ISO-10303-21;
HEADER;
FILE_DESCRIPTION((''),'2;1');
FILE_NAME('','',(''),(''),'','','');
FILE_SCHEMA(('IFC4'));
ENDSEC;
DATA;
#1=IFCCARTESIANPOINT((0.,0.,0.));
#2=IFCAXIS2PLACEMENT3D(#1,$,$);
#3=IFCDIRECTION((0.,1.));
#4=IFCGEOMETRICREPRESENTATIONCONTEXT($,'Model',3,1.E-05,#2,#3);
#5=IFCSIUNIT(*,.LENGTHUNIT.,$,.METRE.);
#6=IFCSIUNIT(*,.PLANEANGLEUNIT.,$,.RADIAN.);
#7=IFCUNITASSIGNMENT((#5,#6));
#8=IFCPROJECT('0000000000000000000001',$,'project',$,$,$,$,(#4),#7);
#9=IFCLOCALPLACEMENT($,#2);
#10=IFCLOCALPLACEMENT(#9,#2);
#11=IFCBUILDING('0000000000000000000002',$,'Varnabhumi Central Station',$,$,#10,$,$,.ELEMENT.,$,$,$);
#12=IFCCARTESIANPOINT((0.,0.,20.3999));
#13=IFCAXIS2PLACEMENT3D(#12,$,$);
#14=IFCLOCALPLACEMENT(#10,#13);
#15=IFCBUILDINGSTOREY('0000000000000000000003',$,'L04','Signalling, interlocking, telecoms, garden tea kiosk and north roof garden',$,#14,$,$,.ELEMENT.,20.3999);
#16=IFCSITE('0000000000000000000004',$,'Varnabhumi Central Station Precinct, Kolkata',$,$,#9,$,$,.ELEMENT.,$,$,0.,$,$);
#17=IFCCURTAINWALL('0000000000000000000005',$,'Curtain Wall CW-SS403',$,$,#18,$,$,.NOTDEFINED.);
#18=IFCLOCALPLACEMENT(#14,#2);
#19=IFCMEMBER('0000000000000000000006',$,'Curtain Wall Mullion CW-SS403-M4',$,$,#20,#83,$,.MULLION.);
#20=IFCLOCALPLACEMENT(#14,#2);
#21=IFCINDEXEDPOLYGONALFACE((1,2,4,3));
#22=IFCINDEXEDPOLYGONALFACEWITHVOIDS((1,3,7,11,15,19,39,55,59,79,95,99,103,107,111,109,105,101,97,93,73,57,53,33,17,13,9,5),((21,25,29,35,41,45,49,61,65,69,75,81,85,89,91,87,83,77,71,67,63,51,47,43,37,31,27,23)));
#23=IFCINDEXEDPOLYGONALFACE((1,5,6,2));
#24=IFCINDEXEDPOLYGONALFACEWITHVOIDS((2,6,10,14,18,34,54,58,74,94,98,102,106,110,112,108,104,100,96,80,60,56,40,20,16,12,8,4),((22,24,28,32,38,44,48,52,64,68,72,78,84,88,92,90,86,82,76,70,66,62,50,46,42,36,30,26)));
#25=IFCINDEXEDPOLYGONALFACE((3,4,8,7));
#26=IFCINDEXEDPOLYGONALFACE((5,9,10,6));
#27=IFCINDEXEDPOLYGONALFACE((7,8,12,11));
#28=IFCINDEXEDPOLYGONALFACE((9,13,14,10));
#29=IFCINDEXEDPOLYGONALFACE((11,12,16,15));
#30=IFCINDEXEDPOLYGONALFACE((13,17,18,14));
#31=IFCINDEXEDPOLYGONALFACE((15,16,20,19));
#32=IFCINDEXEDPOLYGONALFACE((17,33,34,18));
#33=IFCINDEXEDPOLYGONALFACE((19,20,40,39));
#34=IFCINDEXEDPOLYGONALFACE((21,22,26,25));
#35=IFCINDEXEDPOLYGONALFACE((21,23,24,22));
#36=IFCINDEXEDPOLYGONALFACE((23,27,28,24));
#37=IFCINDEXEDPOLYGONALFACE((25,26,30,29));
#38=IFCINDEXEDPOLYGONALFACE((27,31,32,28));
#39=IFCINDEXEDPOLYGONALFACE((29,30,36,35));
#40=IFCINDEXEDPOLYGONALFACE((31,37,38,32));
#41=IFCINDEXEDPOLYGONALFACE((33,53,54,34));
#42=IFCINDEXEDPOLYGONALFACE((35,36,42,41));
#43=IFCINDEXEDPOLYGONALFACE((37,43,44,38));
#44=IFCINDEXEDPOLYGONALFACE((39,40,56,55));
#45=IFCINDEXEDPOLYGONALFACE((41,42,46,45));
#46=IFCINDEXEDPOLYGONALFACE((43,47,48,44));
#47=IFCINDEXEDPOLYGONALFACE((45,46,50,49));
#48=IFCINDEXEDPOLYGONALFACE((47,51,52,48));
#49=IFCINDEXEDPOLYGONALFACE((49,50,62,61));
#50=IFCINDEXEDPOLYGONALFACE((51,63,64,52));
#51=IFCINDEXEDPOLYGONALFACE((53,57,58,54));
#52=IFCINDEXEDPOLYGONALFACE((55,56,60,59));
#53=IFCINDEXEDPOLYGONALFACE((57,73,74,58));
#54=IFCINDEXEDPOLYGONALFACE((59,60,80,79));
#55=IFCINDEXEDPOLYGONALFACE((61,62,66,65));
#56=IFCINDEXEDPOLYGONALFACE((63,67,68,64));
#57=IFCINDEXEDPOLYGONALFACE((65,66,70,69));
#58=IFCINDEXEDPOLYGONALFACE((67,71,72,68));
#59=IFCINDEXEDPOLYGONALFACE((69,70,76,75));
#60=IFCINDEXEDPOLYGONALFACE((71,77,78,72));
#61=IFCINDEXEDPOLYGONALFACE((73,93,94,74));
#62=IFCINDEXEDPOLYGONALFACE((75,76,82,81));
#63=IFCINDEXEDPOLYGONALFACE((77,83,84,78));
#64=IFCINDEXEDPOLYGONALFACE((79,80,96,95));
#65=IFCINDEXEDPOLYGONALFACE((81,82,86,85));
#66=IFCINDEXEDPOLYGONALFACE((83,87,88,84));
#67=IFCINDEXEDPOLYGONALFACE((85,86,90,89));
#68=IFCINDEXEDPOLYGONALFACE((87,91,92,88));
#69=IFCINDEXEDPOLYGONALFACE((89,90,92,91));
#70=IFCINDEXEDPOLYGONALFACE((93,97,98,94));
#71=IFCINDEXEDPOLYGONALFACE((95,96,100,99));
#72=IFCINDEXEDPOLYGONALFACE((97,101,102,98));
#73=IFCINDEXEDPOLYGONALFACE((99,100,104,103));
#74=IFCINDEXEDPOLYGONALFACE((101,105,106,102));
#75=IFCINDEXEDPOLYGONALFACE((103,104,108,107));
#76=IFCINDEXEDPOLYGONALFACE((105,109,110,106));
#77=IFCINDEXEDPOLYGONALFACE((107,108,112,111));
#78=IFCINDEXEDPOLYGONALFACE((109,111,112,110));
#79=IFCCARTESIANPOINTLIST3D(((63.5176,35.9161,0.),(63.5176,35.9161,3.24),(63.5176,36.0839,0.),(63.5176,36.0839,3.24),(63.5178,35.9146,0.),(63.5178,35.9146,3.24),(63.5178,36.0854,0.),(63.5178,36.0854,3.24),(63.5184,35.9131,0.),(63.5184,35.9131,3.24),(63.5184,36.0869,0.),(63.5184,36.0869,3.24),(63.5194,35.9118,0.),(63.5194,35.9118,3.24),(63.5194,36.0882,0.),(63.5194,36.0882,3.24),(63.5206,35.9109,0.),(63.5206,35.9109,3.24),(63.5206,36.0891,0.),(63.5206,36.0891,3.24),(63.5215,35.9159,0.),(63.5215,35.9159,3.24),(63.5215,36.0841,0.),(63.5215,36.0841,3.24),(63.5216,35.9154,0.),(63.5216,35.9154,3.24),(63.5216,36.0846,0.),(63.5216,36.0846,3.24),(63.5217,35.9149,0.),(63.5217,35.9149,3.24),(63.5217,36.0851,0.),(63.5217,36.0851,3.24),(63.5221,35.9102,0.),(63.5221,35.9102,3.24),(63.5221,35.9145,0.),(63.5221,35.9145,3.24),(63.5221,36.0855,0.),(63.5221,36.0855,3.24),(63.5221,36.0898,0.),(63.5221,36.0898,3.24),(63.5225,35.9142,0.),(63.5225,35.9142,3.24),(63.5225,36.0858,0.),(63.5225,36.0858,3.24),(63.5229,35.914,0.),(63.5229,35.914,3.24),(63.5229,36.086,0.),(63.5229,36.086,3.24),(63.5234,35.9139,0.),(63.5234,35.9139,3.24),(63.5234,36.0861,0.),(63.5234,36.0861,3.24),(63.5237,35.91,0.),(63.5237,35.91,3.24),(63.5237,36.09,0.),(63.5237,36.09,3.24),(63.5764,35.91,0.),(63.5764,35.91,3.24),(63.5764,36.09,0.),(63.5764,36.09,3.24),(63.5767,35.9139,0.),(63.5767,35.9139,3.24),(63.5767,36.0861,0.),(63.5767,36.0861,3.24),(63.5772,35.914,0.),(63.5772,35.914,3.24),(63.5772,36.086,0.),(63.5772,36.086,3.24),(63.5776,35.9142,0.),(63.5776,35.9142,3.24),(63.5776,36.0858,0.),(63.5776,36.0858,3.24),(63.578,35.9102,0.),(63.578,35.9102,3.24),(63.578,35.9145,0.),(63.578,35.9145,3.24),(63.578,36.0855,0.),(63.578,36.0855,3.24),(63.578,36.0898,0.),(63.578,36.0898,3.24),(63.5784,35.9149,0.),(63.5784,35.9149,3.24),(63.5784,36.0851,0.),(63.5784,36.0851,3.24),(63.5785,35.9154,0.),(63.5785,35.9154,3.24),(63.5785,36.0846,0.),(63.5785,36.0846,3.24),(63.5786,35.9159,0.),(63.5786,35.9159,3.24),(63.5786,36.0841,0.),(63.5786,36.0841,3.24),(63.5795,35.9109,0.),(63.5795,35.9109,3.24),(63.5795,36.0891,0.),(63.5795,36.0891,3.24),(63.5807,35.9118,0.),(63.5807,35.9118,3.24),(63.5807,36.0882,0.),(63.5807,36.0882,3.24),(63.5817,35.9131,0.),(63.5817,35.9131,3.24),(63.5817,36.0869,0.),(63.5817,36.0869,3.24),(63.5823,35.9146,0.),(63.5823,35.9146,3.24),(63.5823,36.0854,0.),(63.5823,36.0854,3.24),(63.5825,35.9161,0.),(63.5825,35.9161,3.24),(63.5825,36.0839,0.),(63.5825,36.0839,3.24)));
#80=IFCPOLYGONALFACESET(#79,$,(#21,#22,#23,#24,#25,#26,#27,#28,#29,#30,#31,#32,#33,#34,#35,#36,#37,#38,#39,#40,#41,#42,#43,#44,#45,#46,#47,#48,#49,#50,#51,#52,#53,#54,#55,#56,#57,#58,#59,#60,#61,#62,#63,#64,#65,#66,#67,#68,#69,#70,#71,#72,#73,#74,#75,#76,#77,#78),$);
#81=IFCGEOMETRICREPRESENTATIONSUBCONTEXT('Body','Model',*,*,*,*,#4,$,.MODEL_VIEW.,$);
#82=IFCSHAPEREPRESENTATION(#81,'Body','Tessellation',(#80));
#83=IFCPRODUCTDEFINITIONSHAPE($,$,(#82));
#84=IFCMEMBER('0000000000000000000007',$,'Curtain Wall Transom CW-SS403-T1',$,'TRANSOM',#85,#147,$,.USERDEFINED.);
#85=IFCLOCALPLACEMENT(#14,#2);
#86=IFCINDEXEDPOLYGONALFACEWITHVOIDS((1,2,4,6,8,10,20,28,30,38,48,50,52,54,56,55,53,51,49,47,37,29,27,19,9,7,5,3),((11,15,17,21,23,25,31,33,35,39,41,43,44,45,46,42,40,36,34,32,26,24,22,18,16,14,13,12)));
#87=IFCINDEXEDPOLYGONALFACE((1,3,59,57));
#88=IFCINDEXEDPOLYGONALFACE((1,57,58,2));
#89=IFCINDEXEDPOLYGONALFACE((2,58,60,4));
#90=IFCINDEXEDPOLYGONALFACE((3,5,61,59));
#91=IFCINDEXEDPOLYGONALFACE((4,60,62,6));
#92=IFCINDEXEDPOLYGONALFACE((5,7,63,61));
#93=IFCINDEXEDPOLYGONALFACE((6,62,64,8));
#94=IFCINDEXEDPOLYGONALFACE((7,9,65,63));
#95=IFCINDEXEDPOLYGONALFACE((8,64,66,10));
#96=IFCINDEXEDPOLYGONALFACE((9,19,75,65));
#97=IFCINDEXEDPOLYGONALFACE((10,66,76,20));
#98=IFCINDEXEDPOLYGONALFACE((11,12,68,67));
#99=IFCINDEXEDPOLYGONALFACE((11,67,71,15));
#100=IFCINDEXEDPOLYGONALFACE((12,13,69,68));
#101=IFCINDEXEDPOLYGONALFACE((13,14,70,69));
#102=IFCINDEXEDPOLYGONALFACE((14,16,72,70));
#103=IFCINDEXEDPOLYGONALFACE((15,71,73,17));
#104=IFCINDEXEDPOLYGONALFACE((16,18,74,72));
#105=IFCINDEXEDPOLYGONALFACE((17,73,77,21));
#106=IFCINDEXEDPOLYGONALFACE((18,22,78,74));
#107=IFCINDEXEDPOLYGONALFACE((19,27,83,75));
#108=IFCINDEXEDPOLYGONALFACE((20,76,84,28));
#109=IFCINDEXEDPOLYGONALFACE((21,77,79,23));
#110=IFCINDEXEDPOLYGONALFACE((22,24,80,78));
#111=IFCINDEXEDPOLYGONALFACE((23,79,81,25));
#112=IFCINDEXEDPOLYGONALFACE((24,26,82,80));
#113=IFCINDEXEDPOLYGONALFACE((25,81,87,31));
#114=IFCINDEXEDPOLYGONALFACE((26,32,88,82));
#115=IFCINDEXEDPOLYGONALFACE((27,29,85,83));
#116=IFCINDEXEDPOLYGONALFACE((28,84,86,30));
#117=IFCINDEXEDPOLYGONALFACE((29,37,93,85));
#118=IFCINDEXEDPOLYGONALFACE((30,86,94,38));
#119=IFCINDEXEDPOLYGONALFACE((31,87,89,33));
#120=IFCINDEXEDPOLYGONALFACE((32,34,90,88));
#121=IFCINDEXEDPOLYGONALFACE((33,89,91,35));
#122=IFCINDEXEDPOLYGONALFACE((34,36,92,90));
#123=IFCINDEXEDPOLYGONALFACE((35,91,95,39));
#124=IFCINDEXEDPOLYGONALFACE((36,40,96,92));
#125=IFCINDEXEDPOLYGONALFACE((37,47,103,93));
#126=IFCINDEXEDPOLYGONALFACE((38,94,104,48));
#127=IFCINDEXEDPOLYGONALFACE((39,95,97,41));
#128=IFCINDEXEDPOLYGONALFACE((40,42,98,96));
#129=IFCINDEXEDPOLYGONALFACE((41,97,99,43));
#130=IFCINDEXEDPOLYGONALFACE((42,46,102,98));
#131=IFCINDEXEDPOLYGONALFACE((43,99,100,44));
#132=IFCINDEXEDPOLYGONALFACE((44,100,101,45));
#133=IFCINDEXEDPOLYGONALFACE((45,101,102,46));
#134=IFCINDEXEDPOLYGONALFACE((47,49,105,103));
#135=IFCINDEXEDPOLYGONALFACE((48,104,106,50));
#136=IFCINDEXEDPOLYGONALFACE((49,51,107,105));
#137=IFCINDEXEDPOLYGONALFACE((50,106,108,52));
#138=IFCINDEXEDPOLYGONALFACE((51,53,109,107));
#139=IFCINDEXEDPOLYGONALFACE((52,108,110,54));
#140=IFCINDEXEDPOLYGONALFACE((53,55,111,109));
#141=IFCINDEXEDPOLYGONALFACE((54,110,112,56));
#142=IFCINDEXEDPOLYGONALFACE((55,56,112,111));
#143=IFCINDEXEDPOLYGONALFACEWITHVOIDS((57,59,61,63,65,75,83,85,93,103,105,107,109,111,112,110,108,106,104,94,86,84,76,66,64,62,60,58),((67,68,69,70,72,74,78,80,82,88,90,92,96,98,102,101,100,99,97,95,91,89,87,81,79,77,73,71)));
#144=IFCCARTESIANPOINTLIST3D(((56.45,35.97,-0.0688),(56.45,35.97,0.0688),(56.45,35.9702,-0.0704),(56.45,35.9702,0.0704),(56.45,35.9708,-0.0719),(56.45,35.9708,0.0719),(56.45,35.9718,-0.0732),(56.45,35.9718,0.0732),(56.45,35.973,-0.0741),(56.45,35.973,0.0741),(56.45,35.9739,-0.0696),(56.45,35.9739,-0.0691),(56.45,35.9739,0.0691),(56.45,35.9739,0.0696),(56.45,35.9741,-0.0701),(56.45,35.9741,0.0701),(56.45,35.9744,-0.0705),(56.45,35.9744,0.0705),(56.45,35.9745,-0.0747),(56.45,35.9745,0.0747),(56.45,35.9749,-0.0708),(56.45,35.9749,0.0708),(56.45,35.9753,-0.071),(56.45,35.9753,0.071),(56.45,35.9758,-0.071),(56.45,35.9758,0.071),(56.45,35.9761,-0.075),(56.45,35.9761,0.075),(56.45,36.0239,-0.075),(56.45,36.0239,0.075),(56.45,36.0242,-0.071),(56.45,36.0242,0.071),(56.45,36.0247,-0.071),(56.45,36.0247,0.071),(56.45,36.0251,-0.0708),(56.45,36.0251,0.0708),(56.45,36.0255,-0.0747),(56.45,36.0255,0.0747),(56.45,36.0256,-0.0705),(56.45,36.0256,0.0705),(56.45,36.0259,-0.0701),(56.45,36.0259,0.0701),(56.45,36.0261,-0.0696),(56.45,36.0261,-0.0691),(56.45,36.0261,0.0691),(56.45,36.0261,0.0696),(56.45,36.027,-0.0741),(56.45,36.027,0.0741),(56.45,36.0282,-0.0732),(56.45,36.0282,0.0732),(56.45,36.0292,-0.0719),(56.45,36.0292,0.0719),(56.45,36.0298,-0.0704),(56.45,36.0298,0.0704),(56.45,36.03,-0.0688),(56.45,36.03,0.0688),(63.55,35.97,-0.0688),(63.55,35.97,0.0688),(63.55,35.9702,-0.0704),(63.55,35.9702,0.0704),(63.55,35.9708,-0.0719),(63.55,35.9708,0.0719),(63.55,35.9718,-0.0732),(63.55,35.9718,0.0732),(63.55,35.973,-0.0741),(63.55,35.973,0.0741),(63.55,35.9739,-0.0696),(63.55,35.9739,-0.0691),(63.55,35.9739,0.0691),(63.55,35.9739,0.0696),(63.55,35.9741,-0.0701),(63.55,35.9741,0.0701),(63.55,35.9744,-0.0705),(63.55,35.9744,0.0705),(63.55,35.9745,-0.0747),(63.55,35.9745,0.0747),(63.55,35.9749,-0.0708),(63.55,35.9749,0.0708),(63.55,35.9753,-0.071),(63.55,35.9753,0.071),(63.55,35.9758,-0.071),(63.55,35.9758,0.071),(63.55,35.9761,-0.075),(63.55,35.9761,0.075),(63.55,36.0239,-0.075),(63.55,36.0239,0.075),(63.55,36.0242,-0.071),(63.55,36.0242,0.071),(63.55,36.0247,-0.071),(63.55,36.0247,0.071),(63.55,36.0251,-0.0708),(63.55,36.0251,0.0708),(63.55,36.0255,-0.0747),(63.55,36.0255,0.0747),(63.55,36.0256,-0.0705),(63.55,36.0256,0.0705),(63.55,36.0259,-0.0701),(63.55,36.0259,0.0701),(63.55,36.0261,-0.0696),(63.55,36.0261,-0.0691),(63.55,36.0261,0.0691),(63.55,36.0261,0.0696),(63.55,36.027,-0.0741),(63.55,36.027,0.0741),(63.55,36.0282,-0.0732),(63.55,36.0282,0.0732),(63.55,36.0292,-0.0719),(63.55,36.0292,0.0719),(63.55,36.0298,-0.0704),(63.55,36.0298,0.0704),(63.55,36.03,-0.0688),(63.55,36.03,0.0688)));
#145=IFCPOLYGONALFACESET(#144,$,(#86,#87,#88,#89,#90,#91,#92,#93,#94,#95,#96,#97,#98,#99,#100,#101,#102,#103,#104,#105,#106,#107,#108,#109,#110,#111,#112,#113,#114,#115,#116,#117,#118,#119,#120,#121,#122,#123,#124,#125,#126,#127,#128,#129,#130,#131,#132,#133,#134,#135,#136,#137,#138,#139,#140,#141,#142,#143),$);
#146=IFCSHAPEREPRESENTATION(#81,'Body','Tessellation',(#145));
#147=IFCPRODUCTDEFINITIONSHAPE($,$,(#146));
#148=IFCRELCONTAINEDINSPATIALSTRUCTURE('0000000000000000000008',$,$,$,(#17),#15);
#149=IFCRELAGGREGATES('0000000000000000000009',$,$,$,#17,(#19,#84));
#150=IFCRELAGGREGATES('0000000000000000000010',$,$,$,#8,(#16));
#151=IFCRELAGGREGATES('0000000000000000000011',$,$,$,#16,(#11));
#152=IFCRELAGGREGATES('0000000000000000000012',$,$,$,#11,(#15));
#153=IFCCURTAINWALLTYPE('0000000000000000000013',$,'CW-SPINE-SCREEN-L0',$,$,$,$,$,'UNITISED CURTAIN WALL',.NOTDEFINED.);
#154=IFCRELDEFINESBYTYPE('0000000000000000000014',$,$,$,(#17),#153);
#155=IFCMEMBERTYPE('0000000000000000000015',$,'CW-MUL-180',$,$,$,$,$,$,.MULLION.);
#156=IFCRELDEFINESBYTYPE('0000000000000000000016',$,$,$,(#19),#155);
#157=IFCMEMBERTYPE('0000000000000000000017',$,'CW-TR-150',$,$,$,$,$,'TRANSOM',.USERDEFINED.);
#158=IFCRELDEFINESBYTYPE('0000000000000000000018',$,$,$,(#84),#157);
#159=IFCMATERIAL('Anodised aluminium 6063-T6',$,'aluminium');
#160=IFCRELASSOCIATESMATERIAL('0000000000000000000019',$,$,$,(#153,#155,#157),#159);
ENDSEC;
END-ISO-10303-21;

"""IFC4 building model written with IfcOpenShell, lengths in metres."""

from ifc_helpers import new_model, si_unit, direction, frame, origin, origin_2d, place, context, subcontext, project, spatial, hollow_rectangle, extrude, material, material_profile, profile_set, type_object, element, aggregate, save


model = new_model("IFC4")

# Units and contexts
model_context = context("Model", 3, precision=1e-05, world=origin(), true_north=direction((0.0, 1.0)))
body_context = subcontext(model_context, "Body", "Model", "MODEL_VIEW")
ifc_project = project(units=[si_unit("LENGTHUNIT", "METRE"), si_unit("PLANEANGLEUNIT", "RADIAN")], contexts=[model_context])

# Site, building, storey
site_placement = place(None, origin())
site = spatial("IfcSite", under=ifc_project, at=site_placement, Name="Varnabhumi Central Station Precinct, Kolkata", CompositionType="ELEMENT", RefElevation=0.0)
building_placement = place(site_placement, origin())
building = spatial("IfcBuilding", under=site, at=building_placement, Name="Varnabhumi Central Station", CompositionType="ELEMENT")
storey_placement = place(building_placement, frame((0.0, 0.0, 20.3999)))
storey = spatial("IfcBuildingStorey", under=building, at=storey_placement, Name="L04", Description="Signalling, interlocking, telecoms, garden tea kiosk and north roof garden", CompositionType="ELEMENT", Elevation=20.3999)

# Curtain wall, members
ifc_material_1 = material(Name="Anodised aluminium 6063-T6", Category="aluminium")
curtain_wall_type = type_object("IfcCurtainWallType", Name="CW-SPINE-SCREEN-L0", ElementType="UNITISED CURTAIN WALL", PredefinedType="NOTDEFINED", material=ifc_material_1)
curtain_wall_placement = place(storey_placement, origin())
curtain_wall = element("IfcCurtainWall", 1, at=curtain_wall_placement, inside=storey, type_object=curtain_wall_type, Name="Curtain Wall CW-SS403", PredefinedType="NOTDEFINED")
ifc_material_profile_1 = material_profile(ifc_material_1, hollow_rectangle(XDim=0.0649, YDim=0.1799, WallThickness=0.0039, InnerFilletRadius=0.002, OuterFilletRadius=0.0061, at=origin_2d()), Name="Anodised aluminium 6063-T6", Category="aluminium")
ifc_profile_set_1 = profile_set([ifc_material_profile_1], Name="Anodised aluminium 6063-T6")
member_type_1 = type_object("IfcMemberType", Name="CW-MUL-180", PredefinedType="MULLION", material=ifc_profile_set_1)
member_1_placement = place(storey_placement, frame((63.55, 36.0, 0.0), z_axis=(0.0, 0.0, 1.0), x_axis=(1.0, 0.0, 0.0)))
member_1 = element("IfcMember", 2, at=member_1_placement, type_object=member_type_1, Name="Curtain Wall Mullion CW-SS403-M4", PredefinedType="MULLION", context=body_context, shape_type="SweptSolid", body=[
    extrude(hollow_rectangle(XDim=0.0649, YDim=0.1799, WallThickness=0.0039, InnerFilletRadius=0.002, OuterFilletRadius=0.0061, at=origin_2d()), origin(), (0.0, 0.0, 1.0), 3.24),
])
ifc_material_profile_2 = material_profile(ifc_material_1, hollow_rectangle(XDim=0.0601, YDim=0.1499, WallThickness=0.0039, InnerFilletRadius=0.002, OuterFilletRadius=0.0061, at=origin_2d()), Name="Anodised aluminium 6063-T6", Category="aluminium")
ifc_profile_set_2 = profile_set([ifc_material_profile_2], Name="Anodised aluminium 6063-T6")
member_type_2 = type_object("IfcMemberType", Name="CW-TR-150", ElementType="TRANSOM", PredefinedType="USERDEFINED", material=ifc_profile_set_2)
member_2_placement = place(storey_placement, frame((56.45, 36.0, 0.0), z_axis=(1.0, 0.0, 0.0), x_axis=(0.0, 1.0, 0.0)))
member_2 = element("IfcMember", 3, at=member_2_placement, type_object=member_type_2, Name="Curtain Wall Transom CW-SS403-T1", ObjectType="TRANSOM", PredefinedType="USERDEFINED", context=body_context, shape_type="SweptSolid", body=[
    extrude(hollow_rectangle(XDim=0.0601, YDim=0.1499, WallThickness=0.0039, InnerFilletRadius=0.002, OuterFilletRadius=0.0061, at=origin_2d()), origin(), (0.0, 0.0, 1.0), 7.1001),
])
aggregate(curtain_wall, [member_1, member_2])

save(model, "model.ifc")
